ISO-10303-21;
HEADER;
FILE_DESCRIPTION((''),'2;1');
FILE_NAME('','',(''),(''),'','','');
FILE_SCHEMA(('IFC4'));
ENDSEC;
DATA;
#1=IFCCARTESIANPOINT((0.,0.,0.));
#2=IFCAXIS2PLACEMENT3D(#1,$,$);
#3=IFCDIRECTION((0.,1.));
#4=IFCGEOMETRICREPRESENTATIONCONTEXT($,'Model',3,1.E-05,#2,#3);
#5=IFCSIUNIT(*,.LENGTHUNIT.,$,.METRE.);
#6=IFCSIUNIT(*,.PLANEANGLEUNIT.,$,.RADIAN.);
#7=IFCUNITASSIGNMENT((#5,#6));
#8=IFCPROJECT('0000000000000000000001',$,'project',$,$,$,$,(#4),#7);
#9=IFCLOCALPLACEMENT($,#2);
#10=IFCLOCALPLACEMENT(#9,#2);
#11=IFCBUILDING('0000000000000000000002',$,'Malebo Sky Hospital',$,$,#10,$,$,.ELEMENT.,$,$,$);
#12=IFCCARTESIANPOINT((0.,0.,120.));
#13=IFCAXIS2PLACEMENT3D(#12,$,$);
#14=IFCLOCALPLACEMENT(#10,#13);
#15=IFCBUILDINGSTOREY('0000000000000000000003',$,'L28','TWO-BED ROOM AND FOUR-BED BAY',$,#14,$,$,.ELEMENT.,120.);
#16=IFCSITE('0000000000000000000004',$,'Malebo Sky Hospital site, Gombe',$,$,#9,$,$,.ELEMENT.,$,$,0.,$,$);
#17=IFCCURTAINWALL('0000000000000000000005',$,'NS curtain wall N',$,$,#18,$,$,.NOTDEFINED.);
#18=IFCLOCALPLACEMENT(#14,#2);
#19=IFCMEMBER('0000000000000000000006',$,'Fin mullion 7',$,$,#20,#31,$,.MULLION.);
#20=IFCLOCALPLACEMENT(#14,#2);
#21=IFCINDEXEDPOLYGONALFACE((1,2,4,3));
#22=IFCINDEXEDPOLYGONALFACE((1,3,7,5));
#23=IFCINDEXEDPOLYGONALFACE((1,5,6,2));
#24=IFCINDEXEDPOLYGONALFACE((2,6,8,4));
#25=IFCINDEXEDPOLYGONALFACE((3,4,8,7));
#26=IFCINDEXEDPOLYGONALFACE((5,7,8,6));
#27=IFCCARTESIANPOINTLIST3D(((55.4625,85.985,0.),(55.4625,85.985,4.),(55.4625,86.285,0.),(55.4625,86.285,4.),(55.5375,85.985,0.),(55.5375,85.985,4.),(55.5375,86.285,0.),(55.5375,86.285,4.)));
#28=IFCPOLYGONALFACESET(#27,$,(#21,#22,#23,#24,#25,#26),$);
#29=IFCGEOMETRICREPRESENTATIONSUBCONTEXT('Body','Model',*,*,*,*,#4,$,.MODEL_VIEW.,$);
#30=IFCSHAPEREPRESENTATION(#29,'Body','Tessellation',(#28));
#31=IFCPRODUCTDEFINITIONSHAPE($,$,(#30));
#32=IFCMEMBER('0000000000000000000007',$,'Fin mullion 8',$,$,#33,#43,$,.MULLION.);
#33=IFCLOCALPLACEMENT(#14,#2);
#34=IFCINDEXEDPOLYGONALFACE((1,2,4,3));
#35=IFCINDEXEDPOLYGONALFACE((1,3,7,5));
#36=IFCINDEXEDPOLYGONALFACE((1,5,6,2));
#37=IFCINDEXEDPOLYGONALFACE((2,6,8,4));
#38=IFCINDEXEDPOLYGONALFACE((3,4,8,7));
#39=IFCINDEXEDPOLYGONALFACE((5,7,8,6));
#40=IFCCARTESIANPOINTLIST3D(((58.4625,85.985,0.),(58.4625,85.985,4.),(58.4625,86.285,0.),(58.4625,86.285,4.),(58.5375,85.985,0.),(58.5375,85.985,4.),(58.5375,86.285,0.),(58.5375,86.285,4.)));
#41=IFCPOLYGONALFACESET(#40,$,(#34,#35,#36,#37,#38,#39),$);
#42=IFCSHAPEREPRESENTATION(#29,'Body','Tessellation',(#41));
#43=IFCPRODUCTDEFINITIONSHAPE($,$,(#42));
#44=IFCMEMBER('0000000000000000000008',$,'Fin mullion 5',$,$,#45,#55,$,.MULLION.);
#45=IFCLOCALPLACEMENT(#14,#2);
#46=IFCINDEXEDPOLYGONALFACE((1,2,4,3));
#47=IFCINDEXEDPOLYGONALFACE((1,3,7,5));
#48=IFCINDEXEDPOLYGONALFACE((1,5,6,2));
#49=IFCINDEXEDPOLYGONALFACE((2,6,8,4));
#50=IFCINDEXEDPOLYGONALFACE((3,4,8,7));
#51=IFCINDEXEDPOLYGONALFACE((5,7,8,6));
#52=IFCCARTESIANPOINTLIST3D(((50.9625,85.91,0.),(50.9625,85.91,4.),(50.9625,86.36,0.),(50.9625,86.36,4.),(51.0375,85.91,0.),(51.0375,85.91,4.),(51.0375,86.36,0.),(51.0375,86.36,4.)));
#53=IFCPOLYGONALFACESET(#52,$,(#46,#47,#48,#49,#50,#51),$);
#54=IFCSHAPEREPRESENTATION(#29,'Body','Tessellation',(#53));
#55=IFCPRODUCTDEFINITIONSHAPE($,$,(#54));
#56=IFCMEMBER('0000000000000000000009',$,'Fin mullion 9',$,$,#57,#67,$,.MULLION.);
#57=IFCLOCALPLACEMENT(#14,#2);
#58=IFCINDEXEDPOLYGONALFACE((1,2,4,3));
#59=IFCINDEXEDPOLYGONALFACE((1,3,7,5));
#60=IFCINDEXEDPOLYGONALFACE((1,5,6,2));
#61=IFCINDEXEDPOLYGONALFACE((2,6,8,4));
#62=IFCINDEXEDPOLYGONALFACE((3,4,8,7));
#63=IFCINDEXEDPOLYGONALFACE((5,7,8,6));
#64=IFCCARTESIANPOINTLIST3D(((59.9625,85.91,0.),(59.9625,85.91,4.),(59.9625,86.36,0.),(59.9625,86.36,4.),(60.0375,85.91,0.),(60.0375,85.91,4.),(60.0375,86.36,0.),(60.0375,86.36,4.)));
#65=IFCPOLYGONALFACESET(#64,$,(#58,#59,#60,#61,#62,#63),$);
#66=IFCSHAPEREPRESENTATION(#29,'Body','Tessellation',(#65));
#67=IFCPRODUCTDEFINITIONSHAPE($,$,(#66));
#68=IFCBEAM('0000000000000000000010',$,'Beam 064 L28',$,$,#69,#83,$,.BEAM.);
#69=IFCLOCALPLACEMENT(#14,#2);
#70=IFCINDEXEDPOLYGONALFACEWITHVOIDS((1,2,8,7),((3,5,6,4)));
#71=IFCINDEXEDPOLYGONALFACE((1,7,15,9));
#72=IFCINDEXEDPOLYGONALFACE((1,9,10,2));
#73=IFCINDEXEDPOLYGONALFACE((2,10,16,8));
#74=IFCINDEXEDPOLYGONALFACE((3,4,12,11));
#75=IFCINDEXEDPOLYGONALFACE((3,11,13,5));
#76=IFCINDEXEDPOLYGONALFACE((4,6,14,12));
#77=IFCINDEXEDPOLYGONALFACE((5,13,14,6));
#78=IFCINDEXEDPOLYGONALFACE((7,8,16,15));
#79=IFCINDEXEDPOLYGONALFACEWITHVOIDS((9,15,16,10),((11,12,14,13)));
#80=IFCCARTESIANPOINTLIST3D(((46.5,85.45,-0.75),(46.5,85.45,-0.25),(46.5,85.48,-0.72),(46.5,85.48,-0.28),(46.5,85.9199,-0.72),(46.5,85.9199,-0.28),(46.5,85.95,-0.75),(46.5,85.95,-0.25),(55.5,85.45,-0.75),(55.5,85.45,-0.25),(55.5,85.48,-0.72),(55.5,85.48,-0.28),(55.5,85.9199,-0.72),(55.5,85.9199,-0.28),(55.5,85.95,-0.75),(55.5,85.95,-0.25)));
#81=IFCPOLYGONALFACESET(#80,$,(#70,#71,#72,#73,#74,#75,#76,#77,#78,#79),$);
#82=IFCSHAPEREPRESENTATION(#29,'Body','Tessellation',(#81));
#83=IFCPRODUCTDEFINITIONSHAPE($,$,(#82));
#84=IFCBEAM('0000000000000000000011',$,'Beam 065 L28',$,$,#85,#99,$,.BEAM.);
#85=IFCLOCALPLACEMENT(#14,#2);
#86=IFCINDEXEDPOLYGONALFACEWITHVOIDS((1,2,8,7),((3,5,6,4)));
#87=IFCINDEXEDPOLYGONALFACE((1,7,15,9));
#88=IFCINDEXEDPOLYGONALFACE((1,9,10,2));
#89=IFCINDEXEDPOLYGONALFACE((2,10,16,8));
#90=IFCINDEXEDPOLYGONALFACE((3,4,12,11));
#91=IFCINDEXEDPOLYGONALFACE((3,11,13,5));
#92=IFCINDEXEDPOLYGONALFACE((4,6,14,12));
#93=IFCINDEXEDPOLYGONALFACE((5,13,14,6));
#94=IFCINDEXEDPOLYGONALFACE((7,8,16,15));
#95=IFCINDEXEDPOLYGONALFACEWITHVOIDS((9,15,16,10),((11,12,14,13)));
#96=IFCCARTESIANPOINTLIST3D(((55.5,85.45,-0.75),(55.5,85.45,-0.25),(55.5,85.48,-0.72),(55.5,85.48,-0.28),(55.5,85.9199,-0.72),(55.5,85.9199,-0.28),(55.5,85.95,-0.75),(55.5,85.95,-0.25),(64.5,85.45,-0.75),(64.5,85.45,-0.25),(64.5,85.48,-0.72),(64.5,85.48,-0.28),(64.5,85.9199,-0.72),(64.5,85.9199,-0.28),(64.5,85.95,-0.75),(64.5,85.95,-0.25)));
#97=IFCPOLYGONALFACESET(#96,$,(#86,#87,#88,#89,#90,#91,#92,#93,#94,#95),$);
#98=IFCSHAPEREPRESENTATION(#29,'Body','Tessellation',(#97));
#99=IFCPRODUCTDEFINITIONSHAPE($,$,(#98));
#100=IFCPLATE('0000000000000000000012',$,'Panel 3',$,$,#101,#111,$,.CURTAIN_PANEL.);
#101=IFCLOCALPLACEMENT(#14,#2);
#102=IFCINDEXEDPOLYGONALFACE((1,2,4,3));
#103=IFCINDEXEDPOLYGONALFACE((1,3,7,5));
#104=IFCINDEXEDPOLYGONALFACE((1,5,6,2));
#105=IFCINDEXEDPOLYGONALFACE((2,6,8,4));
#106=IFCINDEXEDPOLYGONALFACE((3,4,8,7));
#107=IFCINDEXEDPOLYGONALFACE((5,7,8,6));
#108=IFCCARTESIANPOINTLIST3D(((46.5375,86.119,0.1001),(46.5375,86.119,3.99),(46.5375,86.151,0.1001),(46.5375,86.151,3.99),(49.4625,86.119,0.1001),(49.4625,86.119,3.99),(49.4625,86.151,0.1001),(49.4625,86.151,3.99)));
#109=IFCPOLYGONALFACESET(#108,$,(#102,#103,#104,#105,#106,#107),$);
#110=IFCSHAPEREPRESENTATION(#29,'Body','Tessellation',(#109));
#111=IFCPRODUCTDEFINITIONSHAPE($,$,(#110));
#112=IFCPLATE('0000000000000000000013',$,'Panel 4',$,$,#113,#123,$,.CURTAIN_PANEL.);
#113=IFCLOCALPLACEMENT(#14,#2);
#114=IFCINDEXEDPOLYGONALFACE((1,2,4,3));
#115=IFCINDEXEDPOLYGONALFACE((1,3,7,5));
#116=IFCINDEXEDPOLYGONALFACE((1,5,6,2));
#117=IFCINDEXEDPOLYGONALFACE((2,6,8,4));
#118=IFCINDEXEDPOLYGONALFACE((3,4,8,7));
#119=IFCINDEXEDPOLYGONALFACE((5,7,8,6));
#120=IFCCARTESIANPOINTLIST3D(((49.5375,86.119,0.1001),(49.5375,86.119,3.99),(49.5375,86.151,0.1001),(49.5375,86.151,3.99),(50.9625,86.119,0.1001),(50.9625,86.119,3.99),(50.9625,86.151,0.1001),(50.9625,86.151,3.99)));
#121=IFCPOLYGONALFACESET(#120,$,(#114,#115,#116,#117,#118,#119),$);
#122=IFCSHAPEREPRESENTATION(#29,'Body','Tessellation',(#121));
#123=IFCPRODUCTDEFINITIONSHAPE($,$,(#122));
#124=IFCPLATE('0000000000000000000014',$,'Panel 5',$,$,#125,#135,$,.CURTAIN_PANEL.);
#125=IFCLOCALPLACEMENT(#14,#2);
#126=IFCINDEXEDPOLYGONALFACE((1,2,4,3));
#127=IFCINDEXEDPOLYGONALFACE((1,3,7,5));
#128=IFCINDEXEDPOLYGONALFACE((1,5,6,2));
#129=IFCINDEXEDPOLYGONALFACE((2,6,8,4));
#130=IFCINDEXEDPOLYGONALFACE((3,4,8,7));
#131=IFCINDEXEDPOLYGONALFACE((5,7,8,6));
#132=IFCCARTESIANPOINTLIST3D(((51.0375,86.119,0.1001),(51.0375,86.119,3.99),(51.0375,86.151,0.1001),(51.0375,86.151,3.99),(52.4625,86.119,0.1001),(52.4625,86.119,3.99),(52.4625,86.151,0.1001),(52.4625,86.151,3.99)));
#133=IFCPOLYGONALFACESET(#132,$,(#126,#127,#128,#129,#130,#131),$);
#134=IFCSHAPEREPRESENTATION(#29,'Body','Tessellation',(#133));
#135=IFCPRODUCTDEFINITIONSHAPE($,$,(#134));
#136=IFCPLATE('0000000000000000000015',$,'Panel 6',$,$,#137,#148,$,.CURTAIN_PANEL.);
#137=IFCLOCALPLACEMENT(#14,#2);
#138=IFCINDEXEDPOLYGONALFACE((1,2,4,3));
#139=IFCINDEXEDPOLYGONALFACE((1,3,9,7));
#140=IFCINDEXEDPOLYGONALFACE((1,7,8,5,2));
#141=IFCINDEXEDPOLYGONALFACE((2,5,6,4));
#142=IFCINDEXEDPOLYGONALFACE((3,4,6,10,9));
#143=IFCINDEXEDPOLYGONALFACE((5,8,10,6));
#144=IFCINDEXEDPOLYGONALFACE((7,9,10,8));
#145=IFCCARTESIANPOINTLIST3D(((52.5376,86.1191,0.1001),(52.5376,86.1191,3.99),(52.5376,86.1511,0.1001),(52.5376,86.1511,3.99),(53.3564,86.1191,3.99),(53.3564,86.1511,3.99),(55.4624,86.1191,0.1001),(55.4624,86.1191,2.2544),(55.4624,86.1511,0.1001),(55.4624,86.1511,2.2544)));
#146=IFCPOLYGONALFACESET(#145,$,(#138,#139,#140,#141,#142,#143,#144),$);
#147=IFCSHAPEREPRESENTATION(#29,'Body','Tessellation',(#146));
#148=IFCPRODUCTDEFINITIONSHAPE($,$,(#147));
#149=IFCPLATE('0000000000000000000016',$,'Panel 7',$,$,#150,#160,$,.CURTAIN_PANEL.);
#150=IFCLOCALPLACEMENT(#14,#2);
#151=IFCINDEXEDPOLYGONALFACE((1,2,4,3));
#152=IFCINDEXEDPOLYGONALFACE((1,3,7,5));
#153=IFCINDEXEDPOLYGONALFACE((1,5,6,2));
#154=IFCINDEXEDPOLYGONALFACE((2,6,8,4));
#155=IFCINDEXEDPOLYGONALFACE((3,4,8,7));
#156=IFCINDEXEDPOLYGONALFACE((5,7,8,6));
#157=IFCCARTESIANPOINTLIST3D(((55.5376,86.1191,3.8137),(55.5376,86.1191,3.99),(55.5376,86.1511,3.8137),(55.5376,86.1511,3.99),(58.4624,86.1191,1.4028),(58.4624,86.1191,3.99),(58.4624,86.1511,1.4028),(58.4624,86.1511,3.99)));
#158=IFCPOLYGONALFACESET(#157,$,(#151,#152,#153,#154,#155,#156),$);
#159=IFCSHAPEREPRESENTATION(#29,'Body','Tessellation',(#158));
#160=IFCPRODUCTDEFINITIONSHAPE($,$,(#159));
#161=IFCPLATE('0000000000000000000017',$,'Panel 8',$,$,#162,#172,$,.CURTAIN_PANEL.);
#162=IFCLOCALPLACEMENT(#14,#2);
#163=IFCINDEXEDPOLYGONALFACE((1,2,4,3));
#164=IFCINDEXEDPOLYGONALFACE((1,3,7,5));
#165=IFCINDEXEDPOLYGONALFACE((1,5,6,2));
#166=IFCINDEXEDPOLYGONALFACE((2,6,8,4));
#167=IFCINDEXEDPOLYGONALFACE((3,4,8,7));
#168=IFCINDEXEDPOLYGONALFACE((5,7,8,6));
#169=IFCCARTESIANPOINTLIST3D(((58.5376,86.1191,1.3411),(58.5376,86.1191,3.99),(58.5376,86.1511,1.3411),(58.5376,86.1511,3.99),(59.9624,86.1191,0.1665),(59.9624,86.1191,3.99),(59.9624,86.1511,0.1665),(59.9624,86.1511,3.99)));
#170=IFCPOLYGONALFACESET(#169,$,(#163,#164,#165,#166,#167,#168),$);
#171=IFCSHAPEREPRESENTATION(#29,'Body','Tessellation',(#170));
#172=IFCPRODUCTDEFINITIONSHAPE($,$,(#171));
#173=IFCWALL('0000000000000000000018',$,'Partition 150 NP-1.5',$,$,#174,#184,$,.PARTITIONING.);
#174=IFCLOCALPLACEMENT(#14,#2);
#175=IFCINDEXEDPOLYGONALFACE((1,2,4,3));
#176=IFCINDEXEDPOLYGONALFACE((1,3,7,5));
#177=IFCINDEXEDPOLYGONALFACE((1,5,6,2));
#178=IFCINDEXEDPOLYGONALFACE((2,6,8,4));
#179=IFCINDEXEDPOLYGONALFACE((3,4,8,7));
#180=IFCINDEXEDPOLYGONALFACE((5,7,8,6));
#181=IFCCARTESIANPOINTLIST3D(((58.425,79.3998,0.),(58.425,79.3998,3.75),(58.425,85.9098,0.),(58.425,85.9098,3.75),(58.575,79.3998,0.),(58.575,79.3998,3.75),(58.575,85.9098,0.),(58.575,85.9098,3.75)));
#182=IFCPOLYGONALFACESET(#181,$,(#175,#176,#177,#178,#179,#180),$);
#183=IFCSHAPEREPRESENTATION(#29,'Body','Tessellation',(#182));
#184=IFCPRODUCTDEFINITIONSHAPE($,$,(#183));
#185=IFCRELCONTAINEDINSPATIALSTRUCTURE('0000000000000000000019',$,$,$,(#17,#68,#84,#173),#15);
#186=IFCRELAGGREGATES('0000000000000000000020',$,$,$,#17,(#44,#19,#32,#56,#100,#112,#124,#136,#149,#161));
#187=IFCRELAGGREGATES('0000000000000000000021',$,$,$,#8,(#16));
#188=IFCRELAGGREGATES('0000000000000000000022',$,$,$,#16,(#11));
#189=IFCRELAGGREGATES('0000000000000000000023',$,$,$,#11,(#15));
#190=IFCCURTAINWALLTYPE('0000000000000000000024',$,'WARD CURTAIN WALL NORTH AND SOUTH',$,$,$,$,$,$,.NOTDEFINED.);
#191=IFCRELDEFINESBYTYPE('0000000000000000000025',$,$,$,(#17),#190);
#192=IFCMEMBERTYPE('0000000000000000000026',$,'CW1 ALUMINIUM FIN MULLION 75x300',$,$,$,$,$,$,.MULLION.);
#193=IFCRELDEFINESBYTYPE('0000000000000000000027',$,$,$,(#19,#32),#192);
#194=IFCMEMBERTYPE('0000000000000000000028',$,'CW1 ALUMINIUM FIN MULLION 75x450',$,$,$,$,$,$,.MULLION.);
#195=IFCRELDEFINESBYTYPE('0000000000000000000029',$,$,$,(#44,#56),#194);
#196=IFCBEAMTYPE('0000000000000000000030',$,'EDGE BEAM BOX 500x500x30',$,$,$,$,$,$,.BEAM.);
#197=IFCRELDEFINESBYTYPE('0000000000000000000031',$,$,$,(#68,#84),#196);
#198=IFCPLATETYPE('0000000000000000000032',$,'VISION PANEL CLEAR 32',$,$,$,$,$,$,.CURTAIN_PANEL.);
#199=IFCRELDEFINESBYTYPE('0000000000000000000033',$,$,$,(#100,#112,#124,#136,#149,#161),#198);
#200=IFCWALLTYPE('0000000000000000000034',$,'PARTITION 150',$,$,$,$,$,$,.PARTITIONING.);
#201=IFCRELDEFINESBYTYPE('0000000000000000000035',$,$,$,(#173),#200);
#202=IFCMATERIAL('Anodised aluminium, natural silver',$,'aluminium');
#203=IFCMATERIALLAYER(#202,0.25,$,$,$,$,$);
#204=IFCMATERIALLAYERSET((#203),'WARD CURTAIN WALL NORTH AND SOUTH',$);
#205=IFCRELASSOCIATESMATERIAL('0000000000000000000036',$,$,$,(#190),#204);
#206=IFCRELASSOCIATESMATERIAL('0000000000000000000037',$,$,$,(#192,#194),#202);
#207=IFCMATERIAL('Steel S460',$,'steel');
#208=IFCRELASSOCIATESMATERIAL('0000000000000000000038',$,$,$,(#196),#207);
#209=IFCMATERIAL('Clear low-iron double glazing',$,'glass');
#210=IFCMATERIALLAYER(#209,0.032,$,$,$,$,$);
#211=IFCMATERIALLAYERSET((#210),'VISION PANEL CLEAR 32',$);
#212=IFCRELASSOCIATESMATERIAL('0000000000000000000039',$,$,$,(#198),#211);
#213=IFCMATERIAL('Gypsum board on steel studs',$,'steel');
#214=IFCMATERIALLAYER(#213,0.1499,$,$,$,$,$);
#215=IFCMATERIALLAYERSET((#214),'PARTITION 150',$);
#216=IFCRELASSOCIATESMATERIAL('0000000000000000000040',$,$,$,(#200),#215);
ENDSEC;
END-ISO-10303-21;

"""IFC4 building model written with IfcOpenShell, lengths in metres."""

from ifc_helpers import new_model, si_unit, direction, frame, frame_2d, origin, origin_2d, place, context, subcontext, project, spatial, polyline, rectangle, hollow_rectangle, outline, extrude, material, layer, layer_set, material_profile, profile_set, type_object, element, aggregate, save


model = new_model("IFC4")

# Units and contexts
model_context = context("Model", 3, precision=1e-05, world=origin(), true_north=direction((0.0, 1.0)))
body_context = subcontext(model_context, "Body", "Model", "MODEL_VIEW")
ifc_project = project(units=[si_unit("LENGTHUNIT", "METRE"), si_unit("PLANEANGLEUNIT", "RADIAN")], contexts=[model_context])

# Site, building, storey
site_placement = place(None, origin())
site = spatial("IfcSite", under=ifc_project, at=site_placement, Name="Malebo Sky Hospital site, Gombe", CompositionType="ELEMENT", RefElevation=0.0)
building_placement = place(site_placement, origin())
building = spatial("IfcBuilding", under=site, at=building_placement, Name="Malebo Sky Hospital", CompositionType="ELEMENT")
storey_placement = place(building_placement, frame((0.0, 0.0, 120.0)))
storey = spatial("IfcBuildingStorey", under=building, at=storey_placement, Name="L28", Description="TWO-BED ROOM AND FOUR-BED BAY", CompositionType="ELEMENT", Elevation=120.0)

# Shared definitions
ifc_material_1 = material(Name="Steel S460", Category="steel")

# Curtain wall
ifc_material_2 = material(Name="Anodised aluminium, natural silver", Category="aluminium")
ifc_layer_1 = layer(ifc_material_2, 0.25)
ifc_layer_set_1 = layer_set([ifc_layer_1], Name="WARD CURTAIN WALL NORTH AND SOUTH")
curtain_wall_type = type_object("IfcCurtainWallType", Name="WARD CURTAIN WALL NORTH AND SOUTH", PredefinedType="NOTDEFINED", material=ifc_layer_set_1)
curtain_wall_placement = place(storey_placement, origin())
curtain_wall = element("IfcCurtainWall", 1, at=curtain_wall_placement, inside=storey, type_object=curtain_wall_type, Name="NS curtain wall N", PredefinedType="NOTDEFINED")

# Members
ifc_material_profile_1 = material_profile(ifc_material_2, rectangle(XDim=0.075, YDim=0.3, at=origin_2d()), Name="CW1 ALUMINIUM FIN MULLION 75x300")
ifc_profile_set_1 = profile_set([ifc_material_profile_1], Name="Anodised aluminium, natural silver")
member_type_1 = type_object("IfcMemberType", Name="CW1 ALUMINIUM FIN MULLION 75x300", PredefinedType="MULLION", material=ifc_profile_set_1)
member_1_placement = place(storey_placement, frame((55.5, 86.135, 0.0), z_axis=(0.0, 0.0, 1.0), x_axis=(1.0, 0.0, 0.0)))
member_1 = element("IfcMember", 2, at=member_1_placement, type_object=member_type_1, Name="Fin mullion 7", PredefinedType="MULLION", context=body_context, shape_type="SweptSolid", body=[
    extrude(rectangle(XDim=0.075, YDim=0.3, at=origin_2d()), origin(), (0.0, 0.0, 1.0), 4.0),
])
member_2_placement = place(storey_placement, frame((58.5, 86.135, 0.0), z_axis=(0.0, 0.0, 1.0), x_axis=(1.0, 0.0, 0.0)))
member_2 = element("IfcMember", 3, at=member_2_placement, type_object=member_type_1, Name="Fin mullion 8", PredefinedType="MULLION", context=body_context, shape_type="SweptSolid", body=[
    extrude(rectangle(XDim=0.075, YDim=0.3, at=origin_2d()), origin(), (0.0, 0.0, 1.0), 4.0),
])
ifc_material_profile_2 = material_profile(ifc_material_2, rectangle(XDim=0.075, YDim=0.45, at=origin_2d()), Name="CW1 ALUMINIUM FIN MULLION 75x450")
ifc_profile_set_2 = profile_set([ifc_material_profile_2], Name="Anodised aluminium, natural silver")
member_type_2 = type_object("IfcMemberType", Name="CW1 ALUMINIUM FIN MULLION 75x450", PredefinedType="MULLION", material=ifc_profile_set_2)
member_3_placement = place(storey_placement, frame((51.0, 86.135, 0.0), z_axis=(0.0, 0.0, 1.0), x_axis=(1.0, 0.0, 0.0)))
member_3 = element("IfcMember", 4, at=member_3_placement, type_object=member_type_2, Name="Fin mullion 5", PredefinedType="MULLION", context=body_context, shape_type="SweptSolid", body=[
    extrude(rectangle(XDim=0.075, YDim=0.45, at=origin_2d()), origin(), (0.0, 0.0, 1.0), 4.0),
])
member_4_placement = place(storey_placement, frame((60.0, 86.135, 0.0), z_axis=(0.0, 0.0, 1.0), x_axis=(1.0, 0.0, 0.0)))
member_4 = element("IfcMember", 5, at=member_4_placement, type_object=member_type_2, Name="Fin mullion 9", PredefinedType="MULLION", context=body_context, shape_type="SweptSolid", body=[
    extrude(rectangle(XDim=0.075, YDim=0.45, at=origin_2d()), origin(), (0.0, 0.0, 1.0), 4.0),
])

# Beams
ifc_material_profile_3 = material_profile(ifc_material_1, hollow_rectangle(XDim=0.5, YDim=0.5, WallThickness=0.03, at=origin_2d()), Name="BOX 500x500x30")
ifc_profile_set_3 = profile_set([ifc_material_profile_3], Name="Steel S460")
beam_type = type_object("IfcBeamType", Name="EDGE BEAM BOX 500x500x30", PredefinedType="BEAM", material=ifc_profile_set_3)
for number, where, z_axis, x_axis, name in (
    (6, (46.5, 85.7, -0.5), (1.0, 0.0, 0.0), (0.0, 1.0, 0.0), "Beam 064 L28"),
    (7, (55.5, 85.7, -0.5), (1.0, 0.0, 0.0), (0.0, 1.0, 0.0), "Beam 065 L28"),
):
    element("IfcBeam", number, at=place(storey_placement, frame(where, z_axis=z_axis, x_axis=x_axis)), inside=storey, type_object=beam_type, Name=name, PredefinedType="BEAM", context=body_context, shape_type="SweptSolid", body=[
        extrude(hollow_rectangle(XDim=0.5, YDim=0.5, WallThickness=0.03, at=origin_2d()), origin(), (0.0, 0.0, 1.0), 9.0),
    ])

# Plates
ifc_material_3 = material(Name="Clear low-iron double glazing", Category="glass")
ifc_layer_2 = layer(ifc_material_3, 0.032)
ifc_layer_set_2 = layer_set([ifc_layer_2], Name="VISION PANEL CLEAR 32")
plate_type = type_object("IfcPlateType", Name="VISION PANEL CLEAR 32", PredefinedType="CURTAIN_PANEL", material=ifc_layer_set_2)
plate_1_placement = place(storey_placement, frame((48.0, 86.135, 0.1001), z_axis=(0.0, 0.0, 1.0), x_axis=(1.0, 0.0, 0.0)))
plate_1 = element("IfcPlate", 8, at=plate_1_placement, type_object=plate_type, Name="Panel 3", PredefinedType="CURTAIN_PANEL", context=body_context, shape_type="SweptSolid", body=[
    extrude(rectangle(XDim=2.925, YDim=0.032, at=origin_2d()), origin(), (0.0, 0.0, 1.0), 3.8899),
])
plate_2_placement = place(storey_placement, frame((50.25, 86.135, 0.1001), z_axis=(0.0, 0.0, 1.0), x_axis=(1.0, 0.0, 0.0)))
plate_2 = element("IfcPlate", 9, at=plate_2_placement, type_object=plate_type, Name="Panel 4", PredefinedType="CURTAIN_PANEL", context=body_context, shape_type="SweptSolid", body=[
    extrude(rectangle(XDim=1.425, YDim=0.032, at=origin_2d()), origin(), (0.0, 0.0, 1.0), 3.8899),
])
plate_3_placement = place(storey_placement, frame((51.75, 86.135, 0.1001), z_axis=(0.0, 0.0, 1.0), x_axis=(1.0, 0.0, 0.0)))
plate_3 = element("IfcPlate", 10, at=plate_3_placement, type_object=plate_type, Name="Panel 5", PredefinedType="CURTAIN_PANEL", context=body_context, shape_type="SweptSolid", body=[
    extrude(rectangle(XDim=1.425, YDim=0.032, at=origin_2d()), origin(), (0.0, 0.0, 1.0), 3.8899),
])
plate_4_placement = place(storey_placement, frame((54.0, 86.135, 0.1001), z_axis=(0.0, 0.0, 1.0), x_axis=(1.0, 0.0, 0.0)))
plate_4 = element("IfcPlate", 11, at=plate_4_placement, type_object=plate_type, Name="Panel 6", PredefinedType="CURTAIN_PANEL", context=body_context, shape_type="SweptSolid", body=[
    extrude(outline(polyline([(-1.4624, 0.0), (1.4624, 0.0), (1.4624, 2.1543), (-0.6436, 3.8899), (-1.4624, 3.8899), (-1.4624, 0.0)])), frame((0.0, 0.0161, 0.0), z_axis=(0.0, -1.0, 0.0), x_axis=(1.0, 0.0, 0.0)), (0.0, 0.0, 1.0), 0.032),
])
plate_5_placement = place(storey_placement, frame((57.0, 86.135, 1.4028), z_axis=(0.0, 0.0, 1.0), x_axis=(1.0, 0.0, 0.0)))
plate_5 = element("IfcPlate", 12, at=plate_5_placement, type_object=plate_type, Name="Panel 7", PredefinedType="CURTAIN_PANEL", context=body_context, shape_type="SweptSolid", body=[
    extrude(outline(polyline([(1.4624, 0.0), (1.4624, 2.5872), (-1.4624, 2.5872), (-1.4624, 2.4109), (1.4624, 0.0)])), frame((0.0, 0.0161, 0.0), z_axis=(0.0, -1.0, 0.0), x_axis=(1.0, 0.0, 0.0)), (0.0, 0.0, 1.0), 0.032),
])
plate_6_placement = place(storey_placement, frame((59.25, 86.135, 0.1665), z_axis=(0.0, 0.0, 1.0), x_axis=(1.0, 0.0, 0.0)))
plate_6 = element("IfcPlate", 13, at=plate_6_placement, type_object=plate_type, Name="Panel 8", PredefinedType="CURTAIN_PANEL", context=body_context, shape_type="SweptSolid", body=[
    extrude(outline(polyline([(0.7124, 0.0), (0.7124, 3.8235), (-0.7124, 3.8235), (-0.7124, 1.1746), (0.7124, 0.0)])), frame((0.0, 0.0161, 0.0), z_axis=(0.0, -1.0, 0.0), x_axis=(1.0, 0.0, 0.0)), (0.0, 0.0, 1.0), 0.032),
])
aggregate(curtain_wall, [member_3, member_1, member_2, member_4, plate_1, plate_2, plate_3, plate_4, plate_5, plate_6])

# Wall
ifc_material_4 = material(Name="Gypsum board on steel studs", Category="steel")
ifc_layer_3 = layer(ifc_material_4, 0.1499)
ifc_layer_set_3 = layer_set([ifc_layer_3], Name="PARTITION 150")
wall_type = type_object("IfcWallType", Name="PARTITION 150", PredefinedType="PARTITIONING", material=ifc_layer_set_3)
wall_1_placement = place(storey_placement, frame((58.5, 79.3999, 0.0), z_axis=(0.0, 0.0, 1.0), x_axis=(0.0, 1.0, 0.0)))
element("IfcWall", 14, at=wall_1_placement, inside=storey, type_object=wall_type, Name="Partition 150 NP-1.5", PredefinedType="PARTITIONING", context=body_context, shape_type="SweptSolid", body=[
    extrude(rectangle(XDim=6.51, YDim=0.1499, at=frame_2d((3.2549, 0.0))), origin(), (0.0, 0.0, 1.0), 3.75),
])

save(model, "model.ifc")
